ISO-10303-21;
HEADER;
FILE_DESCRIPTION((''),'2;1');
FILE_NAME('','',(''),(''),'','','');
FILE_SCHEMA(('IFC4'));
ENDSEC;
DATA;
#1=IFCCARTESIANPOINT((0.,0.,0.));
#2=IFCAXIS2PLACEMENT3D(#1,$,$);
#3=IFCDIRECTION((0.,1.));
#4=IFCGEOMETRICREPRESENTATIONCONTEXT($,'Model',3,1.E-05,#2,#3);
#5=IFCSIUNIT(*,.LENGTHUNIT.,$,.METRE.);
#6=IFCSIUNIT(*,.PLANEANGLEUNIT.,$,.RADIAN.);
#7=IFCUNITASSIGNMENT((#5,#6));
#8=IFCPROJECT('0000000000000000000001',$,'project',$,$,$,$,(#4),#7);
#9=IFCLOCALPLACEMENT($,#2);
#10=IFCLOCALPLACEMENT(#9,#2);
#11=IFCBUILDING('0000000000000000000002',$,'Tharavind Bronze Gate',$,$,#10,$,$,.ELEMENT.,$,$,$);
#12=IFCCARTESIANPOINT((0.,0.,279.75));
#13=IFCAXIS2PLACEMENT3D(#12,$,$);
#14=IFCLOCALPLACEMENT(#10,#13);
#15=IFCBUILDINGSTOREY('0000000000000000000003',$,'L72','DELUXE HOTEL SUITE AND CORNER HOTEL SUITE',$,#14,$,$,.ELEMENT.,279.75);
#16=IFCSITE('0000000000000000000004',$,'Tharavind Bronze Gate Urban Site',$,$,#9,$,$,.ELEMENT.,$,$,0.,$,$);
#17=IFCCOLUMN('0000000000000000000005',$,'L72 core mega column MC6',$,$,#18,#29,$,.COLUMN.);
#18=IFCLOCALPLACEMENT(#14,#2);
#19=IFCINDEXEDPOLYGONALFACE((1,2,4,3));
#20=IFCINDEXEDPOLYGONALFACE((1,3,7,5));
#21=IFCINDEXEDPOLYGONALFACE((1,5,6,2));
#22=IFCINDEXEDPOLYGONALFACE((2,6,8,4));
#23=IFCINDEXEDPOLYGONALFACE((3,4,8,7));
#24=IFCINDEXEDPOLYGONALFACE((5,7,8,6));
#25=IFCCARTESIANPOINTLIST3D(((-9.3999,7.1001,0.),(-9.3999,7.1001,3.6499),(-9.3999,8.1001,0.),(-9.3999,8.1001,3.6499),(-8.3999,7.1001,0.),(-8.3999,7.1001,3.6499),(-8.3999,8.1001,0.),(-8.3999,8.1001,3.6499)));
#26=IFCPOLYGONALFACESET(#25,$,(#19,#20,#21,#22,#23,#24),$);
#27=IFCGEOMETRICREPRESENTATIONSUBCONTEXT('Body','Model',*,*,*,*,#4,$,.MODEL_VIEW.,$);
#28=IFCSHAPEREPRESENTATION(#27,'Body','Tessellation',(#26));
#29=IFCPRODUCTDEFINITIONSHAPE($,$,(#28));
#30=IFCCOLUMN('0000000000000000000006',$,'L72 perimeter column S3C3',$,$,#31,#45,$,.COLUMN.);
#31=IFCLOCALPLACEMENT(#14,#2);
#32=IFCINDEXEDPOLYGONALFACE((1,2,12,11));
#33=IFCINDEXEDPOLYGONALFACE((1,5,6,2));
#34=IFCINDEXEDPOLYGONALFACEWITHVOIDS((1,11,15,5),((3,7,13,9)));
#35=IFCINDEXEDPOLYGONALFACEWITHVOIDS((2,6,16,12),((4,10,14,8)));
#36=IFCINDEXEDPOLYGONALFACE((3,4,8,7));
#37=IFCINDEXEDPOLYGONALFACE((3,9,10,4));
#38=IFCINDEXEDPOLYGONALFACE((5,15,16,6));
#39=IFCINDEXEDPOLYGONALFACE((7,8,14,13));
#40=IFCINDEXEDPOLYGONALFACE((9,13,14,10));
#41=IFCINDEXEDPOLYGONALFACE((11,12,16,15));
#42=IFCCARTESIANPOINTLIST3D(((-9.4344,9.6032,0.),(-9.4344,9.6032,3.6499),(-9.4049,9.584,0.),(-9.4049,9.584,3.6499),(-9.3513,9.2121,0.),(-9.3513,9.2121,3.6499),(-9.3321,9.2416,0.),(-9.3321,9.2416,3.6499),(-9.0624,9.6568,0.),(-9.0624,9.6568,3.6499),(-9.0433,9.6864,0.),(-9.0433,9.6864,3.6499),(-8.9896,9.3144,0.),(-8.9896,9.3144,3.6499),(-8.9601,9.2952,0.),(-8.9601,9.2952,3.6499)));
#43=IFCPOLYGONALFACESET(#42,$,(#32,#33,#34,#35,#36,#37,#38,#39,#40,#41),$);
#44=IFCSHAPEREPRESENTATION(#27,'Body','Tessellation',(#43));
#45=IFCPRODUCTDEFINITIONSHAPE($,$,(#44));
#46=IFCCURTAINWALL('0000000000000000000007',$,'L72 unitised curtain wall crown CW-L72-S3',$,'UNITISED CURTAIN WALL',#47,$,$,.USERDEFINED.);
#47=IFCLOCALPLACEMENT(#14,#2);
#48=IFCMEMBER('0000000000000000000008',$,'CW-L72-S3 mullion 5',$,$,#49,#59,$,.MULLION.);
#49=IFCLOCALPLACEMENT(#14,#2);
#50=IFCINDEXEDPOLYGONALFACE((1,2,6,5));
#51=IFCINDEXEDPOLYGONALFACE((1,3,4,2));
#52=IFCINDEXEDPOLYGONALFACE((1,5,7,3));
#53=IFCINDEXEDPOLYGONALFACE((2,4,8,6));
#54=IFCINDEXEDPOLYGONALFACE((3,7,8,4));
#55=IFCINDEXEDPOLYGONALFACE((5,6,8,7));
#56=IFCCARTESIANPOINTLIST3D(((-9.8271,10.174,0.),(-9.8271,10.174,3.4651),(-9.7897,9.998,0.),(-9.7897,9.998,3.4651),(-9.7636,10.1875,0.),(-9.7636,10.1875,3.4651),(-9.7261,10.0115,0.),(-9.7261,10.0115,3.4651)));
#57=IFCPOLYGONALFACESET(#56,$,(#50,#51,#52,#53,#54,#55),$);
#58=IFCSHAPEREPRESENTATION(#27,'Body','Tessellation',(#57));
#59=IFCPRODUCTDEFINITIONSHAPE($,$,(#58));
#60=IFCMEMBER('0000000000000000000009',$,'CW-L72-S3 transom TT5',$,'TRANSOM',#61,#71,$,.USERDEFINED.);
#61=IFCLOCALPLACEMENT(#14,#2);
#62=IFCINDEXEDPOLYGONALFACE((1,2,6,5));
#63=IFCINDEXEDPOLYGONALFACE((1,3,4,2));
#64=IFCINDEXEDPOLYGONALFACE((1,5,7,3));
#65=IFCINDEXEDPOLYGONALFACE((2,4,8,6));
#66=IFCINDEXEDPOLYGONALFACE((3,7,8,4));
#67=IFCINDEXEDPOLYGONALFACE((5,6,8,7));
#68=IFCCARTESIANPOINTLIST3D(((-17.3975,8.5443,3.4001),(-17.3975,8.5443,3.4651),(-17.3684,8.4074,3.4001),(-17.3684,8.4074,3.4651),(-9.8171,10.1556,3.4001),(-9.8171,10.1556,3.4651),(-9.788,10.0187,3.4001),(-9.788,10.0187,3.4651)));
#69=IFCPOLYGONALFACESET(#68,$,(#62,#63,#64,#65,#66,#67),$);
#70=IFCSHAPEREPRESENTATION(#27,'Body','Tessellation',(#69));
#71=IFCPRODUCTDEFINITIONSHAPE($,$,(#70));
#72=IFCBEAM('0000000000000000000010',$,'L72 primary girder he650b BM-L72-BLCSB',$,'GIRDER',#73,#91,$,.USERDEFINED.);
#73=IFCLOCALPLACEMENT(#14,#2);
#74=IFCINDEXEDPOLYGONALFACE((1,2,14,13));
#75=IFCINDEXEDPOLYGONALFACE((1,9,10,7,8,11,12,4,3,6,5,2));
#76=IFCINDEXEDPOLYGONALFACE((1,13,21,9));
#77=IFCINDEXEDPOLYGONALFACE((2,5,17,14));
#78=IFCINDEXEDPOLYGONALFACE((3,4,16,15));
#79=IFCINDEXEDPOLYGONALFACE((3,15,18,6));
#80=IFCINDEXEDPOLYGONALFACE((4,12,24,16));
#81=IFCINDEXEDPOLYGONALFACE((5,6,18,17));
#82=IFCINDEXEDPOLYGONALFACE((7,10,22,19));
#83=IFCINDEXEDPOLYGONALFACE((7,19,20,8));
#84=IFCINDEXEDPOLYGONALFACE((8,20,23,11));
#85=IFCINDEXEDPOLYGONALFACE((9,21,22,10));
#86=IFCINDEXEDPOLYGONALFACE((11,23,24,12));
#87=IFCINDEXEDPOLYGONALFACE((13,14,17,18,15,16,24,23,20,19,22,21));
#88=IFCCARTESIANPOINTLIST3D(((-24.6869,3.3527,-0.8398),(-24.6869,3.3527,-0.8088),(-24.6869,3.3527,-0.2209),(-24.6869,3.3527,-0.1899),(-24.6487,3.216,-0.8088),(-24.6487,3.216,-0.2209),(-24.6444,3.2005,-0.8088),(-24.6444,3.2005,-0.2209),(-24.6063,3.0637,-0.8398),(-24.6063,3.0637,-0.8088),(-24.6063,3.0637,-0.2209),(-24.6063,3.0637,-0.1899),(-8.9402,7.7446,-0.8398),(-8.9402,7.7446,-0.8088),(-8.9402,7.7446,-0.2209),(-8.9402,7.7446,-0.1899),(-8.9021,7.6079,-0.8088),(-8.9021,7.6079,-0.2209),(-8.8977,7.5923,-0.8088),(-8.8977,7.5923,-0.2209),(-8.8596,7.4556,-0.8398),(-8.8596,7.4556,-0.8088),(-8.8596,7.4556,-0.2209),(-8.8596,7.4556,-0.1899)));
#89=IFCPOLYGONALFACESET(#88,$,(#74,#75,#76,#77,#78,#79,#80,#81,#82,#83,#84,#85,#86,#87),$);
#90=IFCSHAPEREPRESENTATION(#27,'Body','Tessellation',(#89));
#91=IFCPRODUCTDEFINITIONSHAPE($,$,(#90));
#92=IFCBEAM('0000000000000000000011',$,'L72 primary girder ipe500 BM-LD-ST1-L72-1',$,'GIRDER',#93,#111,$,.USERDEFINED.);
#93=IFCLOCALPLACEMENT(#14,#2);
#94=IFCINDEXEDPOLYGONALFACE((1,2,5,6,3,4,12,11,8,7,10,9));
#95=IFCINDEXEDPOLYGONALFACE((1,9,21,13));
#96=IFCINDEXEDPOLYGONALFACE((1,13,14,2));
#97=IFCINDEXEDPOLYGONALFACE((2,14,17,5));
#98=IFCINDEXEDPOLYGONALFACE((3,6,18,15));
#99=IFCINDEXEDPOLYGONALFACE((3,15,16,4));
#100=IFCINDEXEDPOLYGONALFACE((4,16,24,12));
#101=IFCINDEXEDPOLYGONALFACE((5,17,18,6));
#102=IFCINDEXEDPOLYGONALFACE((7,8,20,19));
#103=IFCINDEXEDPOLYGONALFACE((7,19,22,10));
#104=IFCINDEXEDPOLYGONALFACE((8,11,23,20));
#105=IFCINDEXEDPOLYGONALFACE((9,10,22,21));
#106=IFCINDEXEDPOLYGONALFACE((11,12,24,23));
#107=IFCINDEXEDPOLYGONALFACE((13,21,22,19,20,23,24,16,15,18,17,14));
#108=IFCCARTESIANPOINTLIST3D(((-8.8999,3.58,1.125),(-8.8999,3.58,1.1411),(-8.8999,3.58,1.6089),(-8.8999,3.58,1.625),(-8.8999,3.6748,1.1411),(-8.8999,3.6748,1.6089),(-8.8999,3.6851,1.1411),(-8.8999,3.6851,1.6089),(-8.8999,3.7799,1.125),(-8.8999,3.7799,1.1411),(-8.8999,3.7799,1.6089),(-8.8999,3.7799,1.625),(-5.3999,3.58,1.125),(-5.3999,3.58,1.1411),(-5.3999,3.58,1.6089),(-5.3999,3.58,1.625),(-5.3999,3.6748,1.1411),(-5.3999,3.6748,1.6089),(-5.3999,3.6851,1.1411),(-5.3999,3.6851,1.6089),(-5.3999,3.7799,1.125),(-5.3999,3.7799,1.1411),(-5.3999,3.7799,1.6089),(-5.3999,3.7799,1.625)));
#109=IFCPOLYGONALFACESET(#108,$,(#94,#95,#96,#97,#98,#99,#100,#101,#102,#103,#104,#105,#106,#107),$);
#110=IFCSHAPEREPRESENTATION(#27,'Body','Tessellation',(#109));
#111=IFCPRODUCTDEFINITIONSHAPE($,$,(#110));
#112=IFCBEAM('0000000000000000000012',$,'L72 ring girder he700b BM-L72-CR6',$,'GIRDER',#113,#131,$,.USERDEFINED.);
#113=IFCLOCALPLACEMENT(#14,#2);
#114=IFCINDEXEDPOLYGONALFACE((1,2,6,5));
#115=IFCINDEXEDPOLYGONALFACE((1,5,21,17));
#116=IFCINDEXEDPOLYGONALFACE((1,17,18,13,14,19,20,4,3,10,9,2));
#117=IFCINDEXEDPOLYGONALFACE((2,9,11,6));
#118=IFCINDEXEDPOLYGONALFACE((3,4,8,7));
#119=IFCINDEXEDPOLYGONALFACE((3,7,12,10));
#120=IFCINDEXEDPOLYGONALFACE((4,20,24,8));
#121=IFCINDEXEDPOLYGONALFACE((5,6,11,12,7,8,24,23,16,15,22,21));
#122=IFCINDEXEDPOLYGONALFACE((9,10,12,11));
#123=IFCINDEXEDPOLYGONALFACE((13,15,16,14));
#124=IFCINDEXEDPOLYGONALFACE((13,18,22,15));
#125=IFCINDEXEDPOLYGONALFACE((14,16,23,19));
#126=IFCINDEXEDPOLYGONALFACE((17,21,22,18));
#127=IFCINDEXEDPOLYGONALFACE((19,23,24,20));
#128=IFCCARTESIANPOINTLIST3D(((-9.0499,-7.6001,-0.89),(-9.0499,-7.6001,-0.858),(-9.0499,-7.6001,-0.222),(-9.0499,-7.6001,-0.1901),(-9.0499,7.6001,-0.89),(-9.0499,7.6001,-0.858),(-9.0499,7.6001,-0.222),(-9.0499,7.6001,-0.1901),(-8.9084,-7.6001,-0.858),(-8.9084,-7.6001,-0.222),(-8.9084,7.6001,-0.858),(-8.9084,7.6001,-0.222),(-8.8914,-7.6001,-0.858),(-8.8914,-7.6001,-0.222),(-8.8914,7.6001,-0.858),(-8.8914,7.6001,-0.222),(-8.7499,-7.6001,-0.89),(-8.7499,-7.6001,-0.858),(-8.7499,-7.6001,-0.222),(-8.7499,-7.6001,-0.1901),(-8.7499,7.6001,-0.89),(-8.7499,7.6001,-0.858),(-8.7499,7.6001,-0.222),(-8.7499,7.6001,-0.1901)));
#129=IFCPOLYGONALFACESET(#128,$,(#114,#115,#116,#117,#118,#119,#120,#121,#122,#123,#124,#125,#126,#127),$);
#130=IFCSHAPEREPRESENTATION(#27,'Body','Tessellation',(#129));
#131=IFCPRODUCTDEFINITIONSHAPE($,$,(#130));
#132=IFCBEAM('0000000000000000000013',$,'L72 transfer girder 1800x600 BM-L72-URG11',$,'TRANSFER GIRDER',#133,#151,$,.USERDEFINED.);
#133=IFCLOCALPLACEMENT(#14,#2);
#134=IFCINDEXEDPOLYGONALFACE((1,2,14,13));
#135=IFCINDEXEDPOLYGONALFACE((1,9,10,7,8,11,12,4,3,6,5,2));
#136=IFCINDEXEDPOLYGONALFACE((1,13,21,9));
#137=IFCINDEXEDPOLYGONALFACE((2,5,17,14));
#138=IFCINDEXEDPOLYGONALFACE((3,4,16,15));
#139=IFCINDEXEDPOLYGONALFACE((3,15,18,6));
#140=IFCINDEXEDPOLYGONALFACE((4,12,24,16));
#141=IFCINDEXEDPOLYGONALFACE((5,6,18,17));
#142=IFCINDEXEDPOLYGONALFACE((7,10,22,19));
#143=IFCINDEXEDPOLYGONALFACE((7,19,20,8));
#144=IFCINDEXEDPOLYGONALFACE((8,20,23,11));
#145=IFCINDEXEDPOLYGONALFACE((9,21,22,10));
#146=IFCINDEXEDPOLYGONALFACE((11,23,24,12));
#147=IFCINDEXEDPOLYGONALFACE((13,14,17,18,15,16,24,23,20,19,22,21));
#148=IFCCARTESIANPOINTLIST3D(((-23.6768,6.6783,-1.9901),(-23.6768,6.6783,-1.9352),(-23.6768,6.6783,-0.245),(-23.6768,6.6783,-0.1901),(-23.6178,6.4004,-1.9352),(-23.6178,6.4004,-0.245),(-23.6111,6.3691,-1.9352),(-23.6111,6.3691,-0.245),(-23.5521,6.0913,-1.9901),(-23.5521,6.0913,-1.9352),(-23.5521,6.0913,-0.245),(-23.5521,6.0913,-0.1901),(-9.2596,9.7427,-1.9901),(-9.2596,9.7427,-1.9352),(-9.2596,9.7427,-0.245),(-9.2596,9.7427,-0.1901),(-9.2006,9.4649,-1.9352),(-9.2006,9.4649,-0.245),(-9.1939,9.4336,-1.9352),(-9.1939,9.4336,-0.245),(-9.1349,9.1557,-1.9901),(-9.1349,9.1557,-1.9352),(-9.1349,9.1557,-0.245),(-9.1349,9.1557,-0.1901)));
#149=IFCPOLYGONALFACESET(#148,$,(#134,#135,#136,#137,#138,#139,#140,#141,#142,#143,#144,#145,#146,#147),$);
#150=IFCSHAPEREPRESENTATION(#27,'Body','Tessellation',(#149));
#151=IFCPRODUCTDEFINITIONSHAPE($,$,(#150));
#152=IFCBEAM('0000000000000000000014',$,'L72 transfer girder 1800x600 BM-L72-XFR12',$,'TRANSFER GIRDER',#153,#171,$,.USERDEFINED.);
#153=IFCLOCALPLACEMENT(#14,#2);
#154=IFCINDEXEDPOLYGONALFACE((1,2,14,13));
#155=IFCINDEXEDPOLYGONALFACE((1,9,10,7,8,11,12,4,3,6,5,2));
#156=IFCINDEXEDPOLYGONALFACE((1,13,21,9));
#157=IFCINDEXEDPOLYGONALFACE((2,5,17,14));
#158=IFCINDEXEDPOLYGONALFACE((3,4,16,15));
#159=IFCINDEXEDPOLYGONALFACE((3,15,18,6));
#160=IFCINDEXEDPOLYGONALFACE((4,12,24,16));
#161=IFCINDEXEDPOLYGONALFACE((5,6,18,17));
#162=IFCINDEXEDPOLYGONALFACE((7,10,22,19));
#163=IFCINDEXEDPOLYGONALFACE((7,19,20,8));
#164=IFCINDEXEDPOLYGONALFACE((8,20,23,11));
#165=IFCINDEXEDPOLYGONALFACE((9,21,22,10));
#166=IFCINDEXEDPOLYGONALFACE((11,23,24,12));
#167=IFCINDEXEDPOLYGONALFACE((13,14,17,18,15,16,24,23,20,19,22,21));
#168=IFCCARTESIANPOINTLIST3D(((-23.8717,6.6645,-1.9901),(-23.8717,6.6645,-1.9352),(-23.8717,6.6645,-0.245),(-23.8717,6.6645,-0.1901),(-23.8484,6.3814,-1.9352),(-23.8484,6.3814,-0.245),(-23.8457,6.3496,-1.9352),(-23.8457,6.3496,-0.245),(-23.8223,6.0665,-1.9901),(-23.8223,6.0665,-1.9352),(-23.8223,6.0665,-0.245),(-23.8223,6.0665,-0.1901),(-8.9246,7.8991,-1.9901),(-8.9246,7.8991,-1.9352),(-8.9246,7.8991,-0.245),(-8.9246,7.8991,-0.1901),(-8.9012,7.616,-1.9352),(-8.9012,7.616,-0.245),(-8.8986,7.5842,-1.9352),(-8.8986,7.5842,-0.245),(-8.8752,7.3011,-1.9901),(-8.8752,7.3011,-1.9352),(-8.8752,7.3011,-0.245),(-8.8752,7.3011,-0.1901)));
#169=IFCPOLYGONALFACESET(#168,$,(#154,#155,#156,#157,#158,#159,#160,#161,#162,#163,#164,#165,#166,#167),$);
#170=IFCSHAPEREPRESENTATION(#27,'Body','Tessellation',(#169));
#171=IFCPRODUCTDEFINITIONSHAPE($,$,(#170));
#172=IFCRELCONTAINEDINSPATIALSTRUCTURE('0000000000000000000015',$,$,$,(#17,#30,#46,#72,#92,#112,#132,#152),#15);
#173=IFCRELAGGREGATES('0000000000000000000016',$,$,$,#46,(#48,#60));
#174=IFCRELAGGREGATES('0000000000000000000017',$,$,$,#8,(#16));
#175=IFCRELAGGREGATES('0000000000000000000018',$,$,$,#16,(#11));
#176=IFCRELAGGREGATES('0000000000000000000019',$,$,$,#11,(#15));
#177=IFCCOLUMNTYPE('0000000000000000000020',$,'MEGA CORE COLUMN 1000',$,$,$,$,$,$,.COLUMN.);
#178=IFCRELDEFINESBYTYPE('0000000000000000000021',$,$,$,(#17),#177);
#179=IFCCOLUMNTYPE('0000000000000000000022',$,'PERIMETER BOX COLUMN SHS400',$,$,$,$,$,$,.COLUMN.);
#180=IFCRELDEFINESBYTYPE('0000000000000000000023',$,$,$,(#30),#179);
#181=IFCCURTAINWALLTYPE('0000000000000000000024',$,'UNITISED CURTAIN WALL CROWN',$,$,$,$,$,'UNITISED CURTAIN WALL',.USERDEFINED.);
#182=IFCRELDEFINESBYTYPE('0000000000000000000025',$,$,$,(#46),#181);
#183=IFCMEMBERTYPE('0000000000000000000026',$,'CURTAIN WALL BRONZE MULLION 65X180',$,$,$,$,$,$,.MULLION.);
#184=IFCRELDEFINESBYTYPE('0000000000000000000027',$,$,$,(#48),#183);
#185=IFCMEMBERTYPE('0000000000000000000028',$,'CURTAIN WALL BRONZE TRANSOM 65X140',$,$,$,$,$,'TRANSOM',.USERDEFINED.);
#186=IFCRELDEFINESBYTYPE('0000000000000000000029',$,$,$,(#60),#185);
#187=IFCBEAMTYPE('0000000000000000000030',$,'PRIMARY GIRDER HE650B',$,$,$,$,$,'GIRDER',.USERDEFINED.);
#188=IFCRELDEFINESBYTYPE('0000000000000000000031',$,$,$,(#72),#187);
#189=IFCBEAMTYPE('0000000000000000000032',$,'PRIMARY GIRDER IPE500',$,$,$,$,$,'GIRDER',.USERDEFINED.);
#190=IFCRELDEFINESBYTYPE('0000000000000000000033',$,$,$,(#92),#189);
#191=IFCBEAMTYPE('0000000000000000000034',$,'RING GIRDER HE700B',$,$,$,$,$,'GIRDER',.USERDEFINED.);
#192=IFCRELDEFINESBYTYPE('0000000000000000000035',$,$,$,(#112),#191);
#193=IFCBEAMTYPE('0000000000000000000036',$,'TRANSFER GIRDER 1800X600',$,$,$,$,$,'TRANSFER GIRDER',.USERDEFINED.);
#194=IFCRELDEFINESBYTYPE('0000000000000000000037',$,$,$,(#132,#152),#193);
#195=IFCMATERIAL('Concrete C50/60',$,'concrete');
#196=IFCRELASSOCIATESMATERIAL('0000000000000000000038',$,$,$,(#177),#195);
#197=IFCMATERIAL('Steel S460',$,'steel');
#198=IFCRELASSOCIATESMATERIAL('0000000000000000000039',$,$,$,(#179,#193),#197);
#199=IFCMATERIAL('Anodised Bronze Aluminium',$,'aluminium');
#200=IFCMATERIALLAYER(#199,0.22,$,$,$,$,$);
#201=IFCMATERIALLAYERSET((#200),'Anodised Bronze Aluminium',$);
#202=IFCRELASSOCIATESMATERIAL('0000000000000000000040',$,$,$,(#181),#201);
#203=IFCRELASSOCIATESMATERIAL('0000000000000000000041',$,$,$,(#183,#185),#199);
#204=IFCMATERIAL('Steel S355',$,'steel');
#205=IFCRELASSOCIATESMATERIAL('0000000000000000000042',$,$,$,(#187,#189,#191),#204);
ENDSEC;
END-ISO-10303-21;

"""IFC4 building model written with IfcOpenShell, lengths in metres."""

from ifc_helpers import new_model, si_unit, direction, frame, origin, origin_2d, place, context, subcontext, project, spatial, rectangle, hollow_rectangle, i_section, extrude, material, layer, layer_set, material_profile, profile_set, type_object, element, aggregate, save


model = new_model("IFC4")

# Units and contexts
model_context = context("Model", 3, precision=1e-05, world=origin(), true_north=direction((0.0, 1.0)))
body_context = subcontext(model_context, "Body", "Model", "MODEL_VIEW")
ifc_project = project(units=[si_unit("LENGTHUNIT", "METRE"), si_unit("PLANEANGLEUNIT", "RADIAN")], contexts=[model_context])

# Site, building, storey
site_placement = place(None, origin())
site = spatial("IfcSite", under=ifc_project, at=site_placement, Name="Tharavind Bronze Gate Urban Site", CompositionType="ELEMENT", RefElevation=0.0)
building_placement = place(site_placement, origin())
building = spatial("IfcBuilding", under=site, at=building_placement, Name="Tharavind Bronze Gate", CompositionType="ELEMENT")
storey_placement = place(building_placement, frame((0.0, 0.0, 279.75)))
storey = spatial("IfcBuildingStorey", under=building, at=storey_placement, Name="L72", Description="DELUXE HOTEL SUITE AND CORNER HOTEL SUITE", CompositionType="ELEMENT", Elevation=279.75)

# Columns
ifc_material_1 = material(Name="Concrete C50/60", Category="concrete")
ifc_material_profile_1 = material_profile(ifc_material_1, rectangle(XDim=1.0, YDim=1.0, at=origin_2d()), Name="RCCOL1000")
ifc_profile_set_1 = profile_set([ifc_material_profile_1], Name="Concrete C50/60")
column_type_1 = type_object("IfcColumnType", Name="MEGA CORE COLUMN 1000", PredefinedType="COLUMN", material=ifc_profile_set_1)
column_1_placement = place(storey_placement, frame((-8.8999, 7.6001, 0.0), z_axis=(0.0, 0.0, 1.0), x_axis=(1.0, 0.0, 0.0)))
element("IfcColumn", 1, at=column_1_placement, inside=storey, type_object=column_type_1, Name="L72 core mega column MC6", PredefinedType="COLUMN", context=body_context, shape_type="SweptSolid", body=[
    extrude(rectangle(XDim=1.0, YDim=1.0, at=origin_2d()), origin(), (0.0, 0.0, 1.0), 3.6499),
])
ifc_material_2 = material(Name="Steel S460", Category="steel")
ifc_material_profile_2 = material_profile(ifc_material_2, hollow_rectangle(XDim=0.3999, YDim=0.3999, WallThickness=0.0249, at=origin_2d()), Name="SHS400X25")
ifc_profile_set_2 = profile_set([ifc_material_profile_2], Name="Steel S460")
column_type_2 = type_object("IfcColumnType", Name="PERIMETER BOX COLUMN SHS400", PredefinedType="COLUMN", material=ifc_profile_set_2)
column_2_placement = place(storey_placement, frame((-9.1973, 9.4492, 0.0), z_axis=(0.0, 0.0, 1.0), x_axis=(0.978147, 0.207913, 0.0)))
element("IfcColumn", 2, at=column_2_placement, inside=storey, type_object=column_type_2, Name="L72 perimeter column S3C3", PredefinedType="COLUMN", context=body_context, shape_type="SweptSolid", body=[
    extrude(hollow_rectangle(XDim=0.3999, YDim=0.3999, WallThickness=0.0249, at=origin_2d()), origin(), (0.0, 0.0, 1.0), 3.6499),
])

# Curtain wall, members
ifc_material_3 = material(Name="Anodised Bronze Aluminium", Category="aluminium")
ifc_layer_1 = layer(ifc_material_3, 0.22)
ifc_layer_set_1 = layer_set([ifc_layer_1], Name="Anodised Bronze Aluminium")
curtain_wall_type = type_object("IfcCurtainWallType", Name="UNITISED CURTAIN WALL CROWN", ElementType="UNITISED CURTAIN WALL", PredefinedType="USERDEFINED", material=ifc_layer_set_1)
curtain_wall_placement = place(storey_placement, origin())
curtain_wall = element("IfcCurtainWall", 3, at=curtain_wall_placement, inside=storey, type_object=curtain_wall_type, Name="L72 unitised curtain wall crown CW-L72-S3", ObjectType="UNITISED CURTAIN WALL", PredefinedType="USERDEFINED")
member_type_1 = type_object("IfcMemberType", Name="CURTAIN WALL BRONZE MULLION 65X180", PredefinedType="MULLION", material=ifc_material_3)
member_1_placement = place(storey_placement, frame((-9.7766, 10.0928, 0.0), z_axis=(0.0, 0.0, 1.0), x_axis=(-0.978147, -0.207913, 0.0)))
member_1 = element("IfcMember", 4, at=member_1_placement, type_object=member_type_1, Name="CW-L72-S3 mullion 5", PredefinedType="MULLION", context=body_context, shape_type="SweptSolid", body=[
    extrude(rectangle(XDim=0.0649, YDim=0.1799, at=origin_2d()), origin(), (0.0, 0.0, 1.0), 3.4651),
])
member_type_2 = type_object("IfcMemberType", Name="CURTAIN WALL BRONZE TRANSOM 65X140", ElementType="TRANSOM", PredefinedType="USERDEFINED", material=ifc_material_3)
member_2_placement = place(storey_placement, frame((-13.5928, 9.2815, 3.4001), z_axis=(0.0, 0.0, 1.0), x_axis=(-0.978147, -0.207913, 0.0)))
member_2 = element("IfcMember", 5, at=member_2_placement, type_object=member_type_2, Name="CW-L72-S3 transom TT5", ObjectType="TRANSOM", PredefinedType="USERDEFINED", context=body_context, shape_type="SweptSolid", body=[
    extrude(rectangle(XDim=7.7498, YDim=0.1399, at=origin_2d()), origin(), (0.0, 0.0, 1.0), 0.0649),
])

# Beams
ifc_material_4 = material(Name="Steel S355", Category="steel")
ifc_material_profile_3 = material_profile(ifc_material_4, i_section(OverallWidth=0.3, OverallDepth=0.6499, WebThickness=0.0161, FlangeThickness=0.031, at=origin_2d()), Name="HE650B")
ifc_profile_set_3 = profile_set([ifc_material_profile_3], Name="Steel S355")
beam_type_1 = type_object("IfcBeamType", Name="PRIMARY GIRDER HE650B", ElementType="GIRDER", PredefinedType="USERDEFINED", material=ifc_profile_set_3)
beam_1_placement = place(storey_placement, frame((-8.8999, 7.6001, -0.5149), z_axis=(-0.963237, -0.268654, 0.0), x_axis=(0.268654, -0.963237, 0.0)))
element("IfcBeam", 6, at=beam_1_placement, inside=storey, type_object=beam_type_1, Name="L72 primary girder he650b BM-L72-BLCSB", ObjectType="GIRDER", PredefinedType="USERDEFINED", context=body_context, shape_type="SweptSolid", body=[
    extrude(i_section(OverallWidth=0.3, OverallDepth=0.6499, WebThickness=0.0161, FlangeThickness=0.031, at=origin_2d()), origin(), (0.0, 0.0, 1.0), 16.3477),
])
ifc_material_profile_4 = material_profile(ifc_material_4, i_section(OverallWidth=0.2, OverallDepth=0.5, WebThickness=0.0103, FlangeThickness=0.0161, at=origin_2d()), Name="IPE500")
ifc_profile_set_4 = profile_set([ifc_material_profile_4], Name="Steel S355")
beam_type_2 = type_object("IfcBeamType", Name="PRIMARY GIRDER IPE500", ElementType="GIRDER", PredefinedType="USERDEFINED", material=ifc_profile_set_4)
beam_2_placement = place(storey_placement, frame((-8.8999, 3.6799, 1.375), z_axis=(1.0, 0.0, 0.0), x_axis=(0.0, 1.0, 0.0)))
element("IfcBeam", 7, at=beam_2_placement, inside=storey, type_object=beam_type_2, Name="L72 primary girder ipe500 BM-LD-ST1-L72-1", ObjectType="GIRDER", PredefinedType="USERDEFINED", context=body_context, shape_type="SweptSolid", body=[
    extrude(i_section(OverallWidth=0.2, OverallDepth=0.5, WebThickness=0.0103, FlangeThickness=0.0161, at=origin_2d()), origin(), (0.0, 0.0, 1.0), 3.5),
])
ifc_material_profile_5 = material_profile(ifc_material_4, i_section(OverallWidth=0.3, OverallDepth=0.7, WebThickness=0.0171, FlangeThickness=0.032, at=origin_2d()), Name="HE700B")
ifc_profile_set_5 = profile_set([ifc_material_profile_5], Name="Steel S355")
beam_type_3 = type_object("IfcBeamType", Name="RING GIRDER HE700B", ElementType="GIRDER", PredefinedType="USERDEFINED", material=ifc_profile_set_5)
beam_3_placement = place(storey_placement, frame((-8.8999, 7.6001, -0.54), z_axis=(0.0, -1.0, 0.0), x_axis=(1.0, 0.0, 0.0)))
element("IfcBeam", 8, at=beam_3_placement, inside=storey, type_object=beam_type_3, Name="L72 ring girder he700b BM-L72-CR6", ObjectType="GIRDER", PredefinedType="USERDEFINED", context=body_context, shape_type="SweptSolid", body=[
    extrude(i_section(OverallWidth=0.3, OverallDepth=0.7, WebThickness=0.0171, FlangeThickness=0.032, at=origin_2d()), origin(), (0.0, 0.0, 1.0), 15.2002),
])
ifc_material_profile_6 = material_profile(ifc_material_2, i_section(OverallWidth=0.6001, OverallDepth=1.8, WebThickness=0.032, FlangeThickness=0.0549, at=origin_2d()), Name="PG1800X600")
ifc_profile_set_6 = profile_set([ifc_material_profile_6], Name="Steel S460")
beam_type_4 = type_object("IfcBeamType", Name="TRANSFER GIRDER 1800X600", ElementType="TRANSFER GIRDER", PredefinedType="USERDEFINED", material=ifc_profile_set_6)
beam_4_placement = place(storey_placement, frame((-9.1973, 9.4492, -1.0901), z_axis=(-0.978148, -0.20791, 0.0), x_axis=(0.20791, -0.978148, 0.0)))
element("IfcBeam", 9, at=beam_4_placement, inside=storey, type_object=beam_type_4, Name="L72 transfer girder 1800x600 BM-L72-URG11", ObjectType="TRANSFER GIRDER", PredefinedType="USERDEFINED", context=body_context, shape_type="SweptSolid", body=[
    extrude(i_section(OverallWidth=0.6001, OverallDepth=1.8, WebThickness=0.032, FlangeThickness=0.0549, at=origin_2d()), origin(), (0.0, 0.0, 1.0), 14.7393),
])
beam_5_placement = place(storey_placement, frame((-8.8999, 7.6001, -1.0901), z_axis=(-0.996606, -0.082318, 0.0), x_axis=(0.082318, -0.996606, 0.0)))
element("IfcBeam", 10, at=beam_5_placement, inside=storey, type_object=beam_type_4, Name="L72 transfer girder 1800x600 BM-L72-XFR12", ObjectType="TRANSFER GIRDER", PredefinedType="USERDEFINED", context=body_context, shape_type="SweptSolid", body=[
    extrude(i_section(OverallWidth=0.6001, OverallDepth=1.8, WebThickness=0.032, FlangeThickness=0.0549, at=origin_2d()), origin(), (0.0, 0.0, 1.0), 14.998),
])

aggregate(curtain_wall, [member_1, member_2])

save(model, "model.ifc")
